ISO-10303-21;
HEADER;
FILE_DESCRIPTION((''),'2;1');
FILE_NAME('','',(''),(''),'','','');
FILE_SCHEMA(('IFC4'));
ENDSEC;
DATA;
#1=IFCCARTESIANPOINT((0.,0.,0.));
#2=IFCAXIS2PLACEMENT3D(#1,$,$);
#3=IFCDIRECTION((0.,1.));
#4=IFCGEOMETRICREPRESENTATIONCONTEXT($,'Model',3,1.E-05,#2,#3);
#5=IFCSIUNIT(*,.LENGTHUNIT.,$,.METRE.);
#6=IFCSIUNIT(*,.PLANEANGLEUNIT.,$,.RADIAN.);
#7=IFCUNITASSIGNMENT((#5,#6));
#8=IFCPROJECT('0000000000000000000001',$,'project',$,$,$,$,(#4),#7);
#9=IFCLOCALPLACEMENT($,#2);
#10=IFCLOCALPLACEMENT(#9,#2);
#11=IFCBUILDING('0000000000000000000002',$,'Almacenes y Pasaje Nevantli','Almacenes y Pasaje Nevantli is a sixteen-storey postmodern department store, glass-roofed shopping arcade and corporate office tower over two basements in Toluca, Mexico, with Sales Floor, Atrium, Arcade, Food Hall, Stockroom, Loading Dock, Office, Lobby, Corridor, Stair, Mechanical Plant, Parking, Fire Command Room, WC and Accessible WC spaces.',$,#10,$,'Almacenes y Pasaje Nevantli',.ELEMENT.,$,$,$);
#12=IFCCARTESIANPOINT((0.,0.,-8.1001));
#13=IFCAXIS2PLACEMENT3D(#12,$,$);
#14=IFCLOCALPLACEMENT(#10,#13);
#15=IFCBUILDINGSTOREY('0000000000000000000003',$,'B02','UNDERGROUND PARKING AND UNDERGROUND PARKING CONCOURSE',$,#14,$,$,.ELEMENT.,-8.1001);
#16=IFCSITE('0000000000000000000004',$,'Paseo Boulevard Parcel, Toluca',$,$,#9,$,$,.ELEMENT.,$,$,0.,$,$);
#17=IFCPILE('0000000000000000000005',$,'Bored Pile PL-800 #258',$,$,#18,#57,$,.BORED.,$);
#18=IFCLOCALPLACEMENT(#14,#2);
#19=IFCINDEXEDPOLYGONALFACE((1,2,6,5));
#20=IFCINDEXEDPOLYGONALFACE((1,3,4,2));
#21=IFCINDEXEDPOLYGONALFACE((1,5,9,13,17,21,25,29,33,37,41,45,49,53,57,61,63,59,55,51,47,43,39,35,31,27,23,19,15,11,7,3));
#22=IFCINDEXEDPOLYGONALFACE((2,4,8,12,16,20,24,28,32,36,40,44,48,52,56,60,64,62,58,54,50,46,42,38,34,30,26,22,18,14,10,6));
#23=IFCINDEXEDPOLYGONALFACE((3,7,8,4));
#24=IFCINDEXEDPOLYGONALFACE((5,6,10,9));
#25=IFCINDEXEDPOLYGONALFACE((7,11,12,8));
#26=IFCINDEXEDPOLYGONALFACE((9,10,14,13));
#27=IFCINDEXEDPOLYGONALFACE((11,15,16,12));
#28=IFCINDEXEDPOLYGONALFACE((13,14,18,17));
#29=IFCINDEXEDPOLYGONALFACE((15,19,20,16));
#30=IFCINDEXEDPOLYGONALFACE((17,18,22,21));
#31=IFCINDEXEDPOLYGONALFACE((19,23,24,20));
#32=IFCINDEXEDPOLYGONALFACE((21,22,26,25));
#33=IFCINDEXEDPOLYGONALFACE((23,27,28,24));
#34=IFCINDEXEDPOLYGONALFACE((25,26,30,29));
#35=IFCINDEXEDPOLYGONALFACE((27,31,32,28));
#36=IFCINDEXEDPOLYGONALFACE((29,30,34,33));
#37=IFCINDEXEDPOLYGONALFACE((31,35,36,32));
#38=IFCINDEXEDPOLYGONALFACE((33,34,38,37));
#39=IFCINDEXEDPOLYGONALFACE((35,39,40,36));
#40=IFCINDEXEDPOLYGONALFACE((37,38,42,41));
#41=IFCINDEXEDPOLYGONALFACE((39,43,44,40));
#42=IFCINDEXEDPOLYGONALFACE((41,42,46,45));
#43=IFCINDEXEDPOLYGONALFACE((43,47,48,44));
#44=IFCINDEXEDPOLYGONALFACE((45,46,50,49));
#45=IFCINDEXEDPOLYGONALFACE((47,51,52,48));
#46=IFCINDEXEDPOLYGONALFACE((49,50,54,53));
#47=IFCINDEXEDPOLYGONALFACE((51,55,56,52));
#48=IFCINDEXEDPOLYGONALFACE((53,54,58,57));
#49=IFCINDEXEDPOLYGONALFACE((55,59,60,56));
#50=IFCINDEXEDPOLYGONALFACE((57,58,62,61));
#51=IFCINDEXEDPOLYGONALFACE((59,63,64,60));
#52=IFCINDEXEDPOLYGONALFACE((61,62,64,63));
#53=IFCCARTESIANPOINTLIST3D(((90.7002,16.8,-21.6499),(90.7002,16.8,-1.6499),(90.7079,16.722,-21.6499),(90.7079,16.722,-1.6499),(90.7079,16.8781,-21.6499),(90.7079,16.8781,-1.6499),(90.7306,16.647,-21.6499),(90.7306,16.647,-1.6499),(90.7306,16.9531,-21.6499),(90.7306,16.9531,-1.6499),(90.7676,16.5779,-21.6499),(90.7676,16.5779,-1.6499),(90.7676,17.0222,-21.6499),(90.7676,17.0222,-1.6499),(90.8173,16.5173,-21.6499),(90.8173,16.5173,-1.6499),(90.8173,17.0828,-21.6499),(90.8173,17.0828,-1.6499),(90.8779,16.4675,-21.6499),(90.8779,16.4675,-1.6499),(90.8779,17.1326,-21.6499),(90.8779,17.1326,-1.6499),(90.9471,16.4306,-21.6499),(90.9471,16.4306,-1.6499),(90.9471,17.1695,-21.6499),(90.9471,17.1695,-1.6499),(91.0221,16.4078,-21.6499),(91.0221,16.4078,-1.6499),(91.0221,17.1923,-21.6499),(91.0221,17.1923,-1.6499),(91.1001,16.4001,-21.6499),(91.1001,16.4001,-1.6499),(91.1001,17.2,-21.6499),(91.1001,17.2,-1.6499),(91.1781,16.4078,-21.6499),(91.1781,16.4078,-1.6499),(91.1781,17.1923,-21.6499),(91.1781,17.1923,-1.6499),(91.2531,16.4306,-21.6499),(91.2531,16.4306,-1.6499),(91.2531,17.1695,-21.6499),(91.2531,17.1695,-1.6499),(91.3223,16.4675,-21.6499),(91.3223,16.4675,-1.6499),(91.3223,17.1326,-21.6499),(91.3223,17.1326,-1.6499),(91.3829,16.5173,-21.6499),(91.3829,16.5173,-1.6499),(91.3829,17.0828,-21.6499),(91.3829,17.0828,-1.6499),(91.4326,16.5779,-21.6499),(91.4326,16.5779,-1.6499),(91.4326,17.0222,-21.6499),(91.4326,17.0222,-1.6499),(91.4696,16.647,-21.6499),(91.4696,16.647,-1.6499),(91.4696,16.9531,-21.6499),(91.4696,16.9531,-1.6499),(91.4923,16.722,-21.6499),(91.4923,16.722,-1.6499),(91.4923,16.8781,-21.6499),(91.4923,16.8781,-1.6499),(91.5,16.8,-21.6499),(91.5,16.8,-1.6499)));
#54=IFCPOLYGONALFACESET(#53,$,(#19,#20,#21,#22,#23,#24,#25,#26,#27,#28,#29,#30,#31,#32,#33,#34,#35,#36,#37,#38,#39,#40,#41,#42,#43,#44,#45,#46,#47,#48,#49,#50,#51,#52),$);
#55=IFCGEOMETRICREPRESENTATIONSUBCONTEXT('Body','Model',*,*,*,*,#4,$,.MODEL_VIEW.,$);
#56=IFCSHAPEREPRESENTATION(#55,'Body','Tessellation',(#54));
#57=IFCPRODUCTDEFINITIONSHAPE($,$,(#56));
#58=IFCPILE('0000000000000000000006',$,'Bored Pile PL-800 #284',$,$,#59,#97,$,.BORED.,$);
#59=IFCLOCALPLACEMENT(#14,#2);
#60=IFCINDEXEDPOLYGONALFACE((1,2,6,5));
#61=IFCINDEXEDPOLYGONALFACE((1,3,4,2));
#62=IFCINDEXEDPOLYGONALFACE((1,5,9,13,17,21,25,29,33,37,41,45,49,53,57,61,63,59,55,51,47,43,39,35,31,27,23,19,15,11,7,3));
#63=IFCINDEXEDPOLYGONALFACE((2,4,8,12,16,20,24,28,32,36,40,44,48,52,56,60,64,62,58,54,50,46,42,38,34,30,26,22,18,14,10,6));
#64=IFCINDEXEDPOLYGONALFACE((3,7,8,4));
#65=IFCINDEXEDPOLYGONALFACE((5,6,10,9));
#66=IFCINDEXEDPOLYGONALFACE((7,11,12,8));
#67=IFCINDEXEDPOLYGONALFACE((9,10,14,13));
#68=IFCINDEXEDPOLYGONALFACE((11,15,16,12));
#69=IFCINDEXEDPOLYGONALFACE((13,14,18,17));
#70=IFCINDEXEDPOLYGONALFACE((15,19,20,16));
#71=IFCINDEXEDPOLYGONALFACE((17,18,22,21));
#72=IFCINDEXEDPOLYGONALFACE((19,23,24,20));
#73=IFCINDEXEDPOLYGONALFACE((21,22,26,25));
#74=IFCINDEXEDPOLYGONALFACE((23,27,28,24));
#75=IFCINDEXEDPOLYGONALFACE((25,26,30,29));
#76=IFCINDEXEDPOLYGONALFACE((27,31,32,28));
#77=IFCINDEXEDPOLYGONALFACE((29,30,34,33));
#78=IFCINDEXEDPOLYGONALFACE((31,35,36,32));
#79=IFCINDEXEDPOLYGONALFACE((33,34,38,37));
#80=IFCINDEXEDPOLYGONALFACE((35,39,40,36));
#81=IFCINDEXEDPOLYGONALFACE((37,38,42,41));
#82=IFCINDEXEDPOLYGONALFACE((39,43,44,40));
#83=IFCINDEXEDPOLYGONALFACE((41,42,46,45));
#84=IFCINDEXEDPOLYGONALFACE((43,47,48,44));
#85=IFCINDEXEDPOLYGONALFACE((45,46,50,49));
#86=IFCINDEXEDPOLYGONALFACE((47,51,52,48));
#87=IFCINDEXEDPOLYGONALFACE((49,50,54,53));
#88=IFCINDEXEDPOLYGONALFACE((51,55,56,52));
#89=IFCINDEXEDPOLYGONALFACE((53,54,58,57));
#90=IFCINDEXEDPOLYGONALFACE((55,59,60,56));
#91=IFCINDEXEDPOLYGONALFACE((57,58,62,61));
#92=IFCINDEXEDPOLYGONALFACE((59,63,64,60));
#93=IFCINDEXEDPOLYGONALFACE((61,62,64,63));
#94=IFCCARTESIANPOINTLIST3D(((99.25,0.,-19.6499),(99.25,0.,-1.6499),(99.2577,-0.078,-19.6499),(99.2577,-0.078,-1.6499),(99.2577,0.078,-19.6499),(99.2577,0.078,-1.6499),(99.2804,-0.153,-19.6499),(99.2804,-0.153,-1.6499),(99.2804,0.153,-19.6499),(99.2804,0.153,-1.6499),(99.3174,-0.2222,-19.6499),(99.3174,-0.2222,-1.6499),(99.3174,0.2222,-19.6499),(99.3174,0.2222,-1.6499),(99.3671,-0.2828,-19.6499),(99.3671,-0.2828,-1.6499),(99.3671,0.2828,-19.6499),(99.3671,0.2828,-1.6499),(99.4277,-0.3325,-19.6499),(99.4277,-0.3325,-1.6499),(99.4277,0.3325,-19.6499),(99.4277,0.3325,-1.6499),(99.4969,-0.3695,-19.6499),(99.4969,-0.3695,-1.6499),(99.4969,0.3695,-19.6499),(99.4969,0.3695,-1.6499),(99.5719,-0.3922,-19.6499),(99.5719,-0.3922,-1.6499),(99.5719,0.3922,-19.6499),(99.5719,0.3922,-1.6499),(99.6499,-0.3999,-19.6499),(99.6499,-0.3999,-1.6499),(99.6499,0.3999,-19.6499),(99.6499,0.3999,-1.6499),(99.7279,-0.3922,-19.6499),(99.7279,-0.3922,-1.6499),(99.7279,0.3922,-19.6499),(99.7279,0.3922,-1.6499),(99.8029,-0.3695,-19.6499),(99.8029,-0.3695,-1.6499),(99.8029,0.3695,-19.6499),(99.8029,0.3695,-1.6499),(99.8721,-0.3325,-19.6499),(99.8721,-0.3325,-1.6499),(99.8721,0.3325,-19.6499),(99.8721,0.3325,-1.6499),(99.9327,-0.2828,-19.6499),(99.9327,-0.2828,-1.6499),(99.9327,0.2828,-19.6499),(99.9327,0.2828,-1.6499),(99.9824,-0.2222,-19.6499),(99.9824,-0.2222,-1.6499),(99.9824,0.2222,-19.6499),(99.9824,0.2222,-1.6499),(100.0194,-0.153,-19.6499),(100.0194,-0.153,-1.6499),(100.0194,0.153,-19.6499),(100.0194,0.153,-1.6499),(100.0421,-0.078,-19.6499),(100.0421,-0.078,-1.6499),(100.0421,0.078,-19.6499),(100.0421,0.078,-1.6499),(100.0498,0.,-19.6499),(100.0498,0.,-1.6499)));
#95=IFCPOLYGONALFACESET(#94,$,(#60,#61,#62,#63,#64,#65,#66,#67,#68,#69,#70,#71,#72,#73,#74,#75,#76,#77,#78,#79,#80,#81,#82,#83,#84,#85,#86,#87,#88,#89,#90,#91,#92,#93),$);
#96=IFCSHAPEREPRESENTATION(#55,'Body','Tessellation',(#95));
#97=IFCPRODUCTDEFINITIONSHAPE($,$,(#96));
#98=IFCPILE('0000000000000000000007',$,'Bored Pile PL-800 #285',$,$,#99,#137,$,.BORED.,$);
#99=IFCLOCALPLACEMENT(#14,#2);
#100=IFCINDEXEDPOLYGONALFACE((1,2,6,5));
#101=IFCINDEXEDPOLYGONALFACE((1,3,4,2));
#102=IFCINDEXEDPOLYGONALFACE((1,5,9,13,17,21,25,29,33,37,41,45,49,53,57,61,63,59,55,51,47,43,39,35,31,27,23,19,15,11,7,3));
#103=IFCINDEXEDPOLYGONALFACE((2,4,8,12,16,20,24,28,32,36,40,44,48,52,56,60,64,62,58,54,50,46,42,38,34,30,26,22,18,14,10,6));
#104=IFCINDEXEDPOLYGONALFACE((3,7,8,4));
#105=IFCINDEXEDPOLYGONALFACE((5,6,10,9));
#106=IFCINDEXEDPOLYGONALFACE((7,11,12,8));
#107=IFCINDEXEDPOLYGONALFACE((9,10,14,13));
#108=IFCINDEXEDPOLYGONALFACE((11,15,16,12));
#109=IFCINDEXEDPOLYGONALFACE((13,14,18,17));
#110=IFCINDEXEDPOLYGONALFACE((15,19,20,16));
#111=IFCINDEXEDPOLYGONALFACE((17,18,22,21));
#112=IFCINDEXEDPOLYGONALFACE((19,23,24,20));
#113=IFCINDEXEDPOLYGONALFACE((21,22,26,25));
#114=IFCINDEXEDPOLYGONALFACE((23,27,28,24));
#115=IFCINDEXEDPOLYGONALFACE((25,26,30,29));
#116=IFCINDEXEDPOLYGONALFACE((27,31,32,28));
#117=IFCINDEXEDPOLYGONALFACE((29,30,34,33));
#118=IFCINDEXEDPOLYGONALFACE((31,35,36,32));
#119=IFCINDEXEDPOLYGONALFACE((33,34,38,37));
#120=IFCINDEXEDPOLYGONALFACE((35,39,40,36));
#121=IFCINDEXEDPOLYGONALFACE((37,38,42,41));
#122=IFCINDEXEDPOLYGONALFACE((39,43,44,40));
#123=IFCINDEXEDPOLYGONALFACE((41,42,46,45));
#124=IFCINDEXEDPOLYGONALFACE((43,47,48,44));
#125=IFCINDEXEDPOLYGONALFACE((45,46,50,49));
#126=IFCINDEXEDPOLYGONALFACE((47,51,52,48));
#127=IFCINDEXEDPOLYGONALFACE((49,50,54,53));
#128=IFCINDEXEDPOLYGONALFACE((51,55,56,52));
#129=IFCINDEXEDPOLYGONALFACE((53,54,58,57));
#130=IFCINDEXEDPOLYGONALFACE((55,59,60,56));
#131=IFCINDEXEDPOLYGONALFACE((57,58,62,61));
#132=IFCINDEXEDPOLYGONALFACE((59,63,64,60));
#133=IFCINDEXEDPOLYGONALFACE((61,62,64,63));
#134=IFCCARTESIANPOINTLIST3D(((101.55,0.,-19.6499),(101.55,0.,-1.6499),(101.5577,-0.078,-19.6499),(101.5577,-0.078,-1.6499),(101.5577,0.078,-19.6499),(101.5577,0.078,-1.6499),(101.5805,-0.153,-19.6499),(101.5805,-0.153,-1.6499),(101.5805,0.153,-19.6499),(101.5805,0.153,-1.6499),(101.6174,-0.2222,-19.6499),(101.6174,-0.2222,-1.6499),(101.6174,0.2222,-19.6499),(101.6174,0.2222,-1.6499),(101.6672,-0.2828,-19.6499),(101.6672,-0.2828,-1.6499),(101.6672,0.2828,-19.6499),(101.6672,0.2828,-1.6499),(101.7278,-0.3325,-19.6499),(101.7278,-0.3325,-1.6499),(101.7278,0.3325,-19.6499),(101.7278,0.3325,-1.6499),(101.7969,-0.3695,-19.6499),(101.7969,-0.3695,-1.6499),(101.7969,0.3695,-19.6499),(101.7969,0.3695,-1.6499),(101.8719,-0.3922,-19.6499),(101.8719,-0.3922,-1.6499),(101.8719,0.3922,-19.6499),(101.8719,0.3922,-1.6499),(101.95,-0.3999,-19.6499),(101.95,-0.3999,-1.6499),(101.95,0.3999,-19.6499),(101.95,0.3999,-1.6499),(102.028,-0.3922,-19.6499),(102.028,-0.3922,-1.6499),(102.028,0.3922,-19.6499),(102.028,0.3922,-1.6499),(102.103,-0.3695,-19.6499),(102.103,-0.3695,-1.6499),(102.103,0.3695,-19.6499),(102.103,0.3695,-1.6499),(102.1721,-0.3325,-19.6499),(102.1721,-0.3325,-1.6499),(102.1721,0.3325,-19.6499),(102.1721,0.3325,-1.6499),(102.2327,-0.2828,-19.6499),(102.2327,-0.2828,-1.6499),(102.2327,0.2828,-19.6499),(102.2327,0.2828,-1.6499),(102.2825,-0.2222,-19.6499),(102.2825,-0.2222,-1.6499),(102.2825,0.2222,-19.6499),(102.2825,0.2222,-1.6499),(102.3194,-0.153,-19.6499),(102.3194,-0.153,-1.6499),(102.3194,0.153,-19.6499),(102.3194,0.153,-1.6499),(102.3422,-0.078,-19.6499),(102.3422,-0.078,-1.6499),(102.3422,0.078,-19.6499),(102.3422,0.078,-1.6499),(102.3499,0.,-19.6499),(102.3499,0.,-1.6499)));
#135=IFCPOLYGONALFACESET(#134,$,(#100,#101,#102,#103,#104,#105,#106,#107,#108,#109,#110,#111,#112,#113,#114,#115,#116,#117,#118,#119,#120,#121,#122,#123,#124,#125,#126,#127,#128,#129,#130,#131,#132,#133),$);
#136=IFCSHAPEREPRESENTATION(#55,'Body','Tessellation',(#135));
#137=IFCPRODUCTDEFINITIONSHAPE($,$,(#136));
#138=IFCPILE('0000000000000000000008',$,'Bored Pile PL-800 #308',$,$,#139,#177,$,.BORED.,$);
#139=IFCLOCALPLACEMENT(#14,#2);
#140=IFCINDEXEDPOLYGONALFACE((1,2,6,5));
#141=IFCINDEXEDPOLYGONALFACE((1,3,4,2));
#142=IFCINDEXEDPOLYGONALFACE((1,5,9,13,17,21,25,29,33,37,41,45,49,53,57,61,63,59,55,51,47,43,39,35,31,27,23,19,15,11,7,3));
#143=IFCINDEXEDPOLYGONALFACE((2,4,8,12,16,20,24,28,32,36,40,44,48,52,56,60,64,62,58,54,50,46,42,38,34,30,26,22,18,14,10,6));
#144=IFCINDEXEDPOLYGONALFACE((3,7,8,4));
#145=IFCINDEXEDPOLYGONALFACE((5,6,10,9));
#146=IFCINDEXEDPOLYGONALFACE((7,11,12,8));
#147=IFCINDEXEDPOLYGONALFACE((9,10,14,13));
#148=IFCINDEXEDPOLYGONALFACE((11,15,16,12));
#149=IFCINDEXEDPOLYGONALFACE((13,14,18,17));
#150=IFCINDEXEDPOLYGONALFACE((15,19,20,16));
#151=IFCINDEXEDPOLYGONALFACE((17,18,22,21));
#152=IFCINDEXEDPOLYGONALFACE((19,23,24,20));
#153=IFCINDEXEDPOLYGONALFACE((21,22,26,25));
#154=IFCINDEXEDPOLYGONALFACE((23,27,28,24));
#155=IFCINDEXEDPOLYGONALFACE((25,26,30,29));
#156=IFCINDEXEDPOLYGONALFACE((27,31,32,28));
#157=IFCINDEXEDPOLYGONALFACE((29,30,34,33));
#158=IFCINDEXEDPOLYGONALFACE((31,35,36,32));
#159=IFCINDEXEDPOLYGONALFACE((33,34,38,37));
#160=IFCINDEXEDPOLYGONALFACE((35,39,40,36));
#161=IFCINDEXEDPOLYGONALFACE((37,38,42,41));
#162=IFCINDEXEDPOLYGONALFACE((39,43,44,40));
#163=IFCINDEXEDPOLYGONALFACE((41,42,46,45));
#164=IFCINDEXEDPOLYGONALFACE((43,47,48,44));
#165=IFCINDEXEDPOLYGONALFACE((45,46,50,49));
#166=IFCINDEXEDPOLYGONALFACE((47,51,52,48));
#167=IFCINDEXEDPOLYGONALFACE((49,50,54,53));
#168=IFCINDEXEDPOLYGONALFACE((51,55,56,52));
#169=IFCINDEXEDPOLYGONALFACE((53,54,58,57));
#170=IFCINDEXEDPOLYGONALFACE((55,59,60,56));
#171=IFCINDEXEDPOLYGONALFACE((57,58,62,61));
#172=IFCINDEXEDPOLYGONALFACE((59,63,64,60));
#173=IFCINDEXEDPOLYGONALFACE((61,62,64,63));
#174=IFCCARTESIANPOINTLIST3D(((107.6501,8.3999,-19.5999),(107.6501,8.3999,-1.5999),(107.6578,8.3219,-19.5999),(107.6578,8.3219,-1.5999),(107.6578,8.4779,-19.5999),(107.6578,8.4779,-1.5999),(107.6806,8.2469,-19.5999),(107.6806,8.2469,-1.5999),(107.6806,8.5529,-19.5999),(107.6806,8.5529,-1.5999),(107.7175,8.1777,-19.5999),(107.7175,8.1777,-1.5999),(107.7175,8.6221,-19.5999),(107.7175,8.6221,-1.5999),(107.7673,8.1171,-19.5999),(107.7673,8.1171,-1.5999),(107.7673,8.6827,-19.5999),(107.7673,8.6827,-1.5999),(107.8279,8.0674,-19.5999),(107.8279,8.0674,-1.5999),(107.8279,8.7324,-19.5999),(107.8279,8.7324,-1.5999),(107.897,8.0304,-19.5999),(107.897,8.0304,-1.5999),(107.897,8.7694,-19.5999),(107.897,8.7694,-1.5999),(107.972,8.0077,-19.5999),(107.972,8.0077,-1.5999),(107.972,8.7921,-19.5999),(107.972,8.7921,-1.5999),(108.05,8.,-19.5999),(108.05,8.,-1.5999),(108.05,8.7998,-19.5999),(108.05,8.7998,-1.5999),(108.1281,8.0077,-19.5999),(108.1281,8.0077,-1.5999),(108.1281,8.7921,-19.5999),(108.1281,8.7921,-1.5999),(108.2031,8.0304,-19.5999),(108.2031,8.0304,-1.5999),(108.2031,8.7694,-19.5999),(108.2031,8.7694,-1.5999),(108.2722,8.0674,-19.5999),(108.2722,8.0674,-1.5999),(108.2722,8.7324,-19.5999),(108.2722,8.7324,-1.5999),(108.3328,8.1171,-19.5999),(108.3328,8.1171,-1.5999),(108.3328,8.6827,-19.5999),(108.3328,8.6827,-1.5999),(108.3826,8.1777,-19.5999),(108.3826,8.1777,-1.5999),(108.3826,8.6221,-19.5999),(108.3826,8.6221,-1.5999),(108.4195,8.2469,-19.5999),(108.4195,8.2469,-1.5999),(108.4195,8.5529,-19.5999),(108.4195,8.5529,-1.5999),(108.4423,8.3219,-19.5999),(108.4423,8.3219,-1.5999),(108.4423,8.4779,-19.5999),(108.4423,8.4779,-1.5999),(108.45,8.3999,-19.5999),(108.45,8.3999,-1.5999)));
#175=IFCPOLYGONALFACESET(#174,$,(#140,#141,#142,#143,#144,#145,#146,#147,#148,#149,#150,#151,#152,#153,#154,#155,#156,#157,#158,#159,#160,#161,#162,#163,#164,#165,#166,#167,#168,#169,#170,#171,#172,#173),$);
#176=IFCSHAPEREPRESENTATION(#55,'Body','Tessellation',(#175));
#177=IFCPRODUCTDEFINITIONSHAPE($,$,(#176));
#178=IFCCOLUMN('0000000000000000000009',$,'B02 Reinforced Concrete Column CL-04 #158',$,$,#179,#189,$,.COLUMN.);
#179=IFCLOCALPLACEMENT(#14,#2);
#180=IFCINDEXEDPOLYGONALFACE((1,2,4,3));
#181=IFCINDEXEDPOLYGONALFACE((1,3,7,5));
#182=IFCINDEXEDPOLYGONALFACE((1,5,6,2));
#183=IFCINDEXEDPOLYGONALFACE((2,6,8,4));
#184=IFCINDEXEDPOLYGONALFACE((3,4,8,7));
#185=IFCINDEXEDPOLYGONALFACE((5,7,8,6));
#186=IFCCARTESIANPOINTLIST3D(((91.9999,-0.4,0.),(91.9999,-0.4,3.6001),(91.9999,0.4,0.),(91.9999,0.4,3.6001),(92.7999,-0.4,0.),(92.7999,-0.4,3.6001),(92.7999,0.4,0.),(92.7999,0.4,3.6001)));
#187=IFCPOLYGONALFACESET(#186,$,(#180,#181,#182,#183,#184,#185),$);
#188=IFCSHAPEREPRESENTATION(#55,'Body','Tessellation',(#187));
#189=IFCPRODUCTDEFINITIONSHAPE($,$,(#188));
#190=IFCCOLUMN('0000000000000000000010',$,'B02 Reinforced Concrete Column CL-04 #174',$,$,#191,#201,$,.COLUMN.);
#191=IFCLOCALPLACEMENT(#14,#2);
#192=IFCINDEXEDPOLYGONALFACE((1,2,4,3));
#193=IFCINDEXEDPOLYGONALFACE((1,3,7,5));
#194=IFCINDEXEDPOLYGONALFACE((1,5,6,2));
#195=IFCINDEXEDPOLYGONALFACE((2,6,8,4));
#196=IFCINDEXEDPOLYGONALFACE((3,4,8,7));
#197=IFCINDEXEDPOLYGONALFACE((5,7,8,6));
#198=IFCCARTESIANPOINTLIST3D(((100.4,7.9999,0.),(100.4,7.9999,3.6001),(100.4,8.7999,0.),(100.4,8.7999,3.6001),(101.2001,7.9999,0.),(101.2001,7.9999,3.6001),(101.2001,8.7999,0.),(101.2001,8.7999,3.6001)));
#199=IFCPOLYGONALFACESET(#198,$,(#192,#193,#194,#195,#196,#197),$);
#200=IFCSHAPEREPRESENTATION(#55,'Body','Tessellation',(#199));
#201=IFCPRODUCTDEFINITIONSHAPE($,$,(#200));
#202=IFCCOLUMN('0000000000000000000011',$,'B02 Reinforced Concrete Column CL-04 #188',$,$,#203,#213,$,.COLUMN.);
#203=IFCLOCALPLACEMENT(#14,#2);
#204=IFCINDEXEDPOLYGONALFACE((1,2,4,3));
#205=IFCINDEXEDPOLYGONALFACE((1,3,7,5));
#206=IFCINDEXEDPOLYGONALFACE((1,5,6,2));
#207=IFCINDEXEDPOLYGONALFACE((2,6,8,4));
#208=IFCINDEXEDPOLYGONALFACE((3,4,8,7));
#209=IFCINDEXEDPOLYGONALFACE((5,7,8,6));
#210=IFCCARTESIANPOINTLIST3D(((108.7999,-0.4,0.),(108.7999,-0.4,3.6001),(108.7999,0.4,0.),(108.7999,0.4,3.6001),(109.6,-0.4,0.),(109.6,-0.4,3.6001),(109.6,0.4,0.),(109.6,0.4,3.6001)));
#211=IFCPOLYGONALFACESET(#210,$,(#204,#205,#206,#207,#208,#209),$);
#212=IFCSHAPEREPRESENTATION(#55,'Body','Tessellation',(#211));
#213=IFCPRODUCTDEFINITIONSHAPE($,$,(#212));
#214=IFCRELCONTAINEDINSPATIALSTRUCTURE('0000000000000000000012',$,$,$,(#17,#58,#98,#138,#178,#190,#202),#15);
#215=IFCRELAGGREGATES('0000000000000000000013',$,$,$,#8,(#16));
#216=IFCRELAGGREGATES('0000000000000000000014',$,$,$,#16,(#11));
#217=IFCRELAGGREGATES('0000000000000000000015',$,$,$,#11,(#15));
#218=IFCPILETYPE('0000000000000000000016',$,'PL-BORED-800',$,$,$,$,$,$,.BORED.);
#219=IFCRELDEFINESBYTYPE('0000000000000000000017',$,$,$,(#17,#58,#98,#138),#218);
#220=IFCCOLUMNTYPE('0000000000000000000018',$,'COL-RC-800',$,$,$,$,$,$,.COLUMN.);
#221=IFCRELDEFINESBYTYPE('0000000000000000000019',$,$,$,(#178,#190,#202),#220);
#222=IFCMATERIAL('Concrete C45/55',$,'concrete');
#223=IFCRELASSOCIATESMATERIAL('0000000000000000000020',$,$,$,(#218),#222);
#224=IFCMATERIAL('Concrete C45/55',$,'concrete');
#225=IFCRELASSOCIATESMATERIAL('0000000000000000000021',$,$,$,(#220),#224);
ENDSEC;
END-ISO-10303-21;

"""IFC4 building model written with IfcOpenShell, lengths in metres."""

from ifc_helpers import new_model, si_unit, direction, frame, origin, origin_2d, place, context, subcontext, project, spatial, rectangle, circle, extrude, material, material_profile, profile_set, type_object, element, save


model = new_model("IFC4")

# Units and contexts
model_context = context("Model", 3, precision=1e-05, world=origin(), true_north=direction((0.0, 1.0)))
body_context = subcontext(model_context, "Body", "Model", "MODEL_VIEW")
ifc_project = project(units=[si_unit("LENGTHUNIT", "METRE"), si_unit("PLANEANGLEUNIT", "RADIAN")], contexts=[model_context])

# Site, building, storey
site_placement = place(None, origin())
site = spatial("IfcSite", under=ifc_project, at=site_placement, Name="Paseo Boulevard Parcel, Toluca", CompositionType="ELEMENT", RefElevation=0.0)
building_placement = place(site_placement, origin())
building = spatial("IfcBuilding", under=site, at=building_placement, Name="Almacenes y Pasaje Nevantli", Description="Almacenes y Pasaje Nevantli is a sixteen-storey postmodern department store, glass-roofed shopping arcade and corporate office tower over two basements in Toluca, Mexico, with Sales Floor, Atrium, Arcade, Food Hall, Stockroom, Loading Dock, Office, Lobby, Corridor, Stair, Mechanical Plant, Parking, Fire Command Room, WC and Accessible WC spaces.", LongName="Almacenes y Pasaje Nevantli", CompositionType="ELEMENT")
storey_placement = place(building_placement, frame((0.0, 0.0, -8.1001)))
storey = spatial("IfcBuildingStorey", under=building, at=storey_placement, Name="B02", Description="UNDERGROUND PARKING AND UNDERGROUND PARKING CONCOURSE", CompositionType="ELEMENT", Elevation=-8.1001)

# Piles
ifc_material_1 = material(Name="Concrete C45/55", Category="concrete")
ifc_material_profile_1 = material_profile(ifc_material_1, circle(Radius=0.3999, at=origin_2d()), Name="RC-PILE-D800")
ifc_profile_set_1 = profile_set([ifc_material_profile_1], Name="Concrete C45/55")
pile_type_1 = type_object("IfcPileType", Name="PL-BORED-800", PredefinedType="BORED", material=ifc_profile_set_1)
for number, where, z_axis, x_axis, name in (
    (1, (91.1001, 16.8, -1.6499), (0.0, 0.0, -1.0), (1.0, 0.0, 0.0), "Bored Pile PL-800 #258"),
):
    element("IfcPile", number, at=place(storey_placement, frame(where, z_axis=z_axis, x_axis=x_axis)), inside=storey, type_object=pile_type_1, Name=name, PredefinedType="BORED", context=body_context, shape_type="SweptSolid", body=[
        extrude(circle(Radius=0.3999, at=origin_2d()), origin(), (0.0, 0.0, 1.0), 20.0),
    ])
for number, where, z_axis, x_axis, name in (
    (2, (99.6499, 0.0, -1.6499), (0.0, 0.0, -1.0), (1.0, 0.0, 0.0), "Bored Pile PL-800 #284"),
    (3, (101.95, 0.0, -1.6499), (0.0, 0.0, -1.0), (1.0, 0.0, 0.0), "Bored Pile PL-800 #285"),
    (4, (108.05, 8.3999, -1.5999), (0.0, 0.0, -1.0), (1.0, 0.0, 0.0), "Bored Pile PL-800 #308"),
):
    element("IfcPile", number, at=place(storey_placement, frame(where, z_axis=z_axis, x_axis=x_axis)), inside=storey, type_object=pile_type_1, Name=name, PredefinedType="BORED", context=body_context, shape_type="SweptSolid", body=[
        extrude(circle(Radius=0.3999, at=origin_2d()), origin(), (0.0, 0.0, 1.0), 18.0),
    ])

# Columns
ifc_material_2 = material(Name="Concrete C45/55", Category="concrete")
ifc_material_profile_2 = material_profile(ifc_material_2, rectangle(XDim=0.8, YDim=0.8, at=origin_2d()), Name="RC-COL-800x800")
ifc_profile_set_2 = profile_set([ifc_material_profile_2], Name="Concrete C45/55")
column_type_1 = type_object("IfcColumnType", Name="COL-RC-800", PredefinedType="COLUMN", material=ifc_profile_set_2)
for number, where, z_axis, x_axis, name in (
    (5, (92.3999, 0.0, 0.0), (0.0, 0.0, 1.0), (1.0, 0.0, 0.0), "B02 Reinforced Concrete Column CL-04 #158"),
    (6, (100.8, 8.3999, 0.0), (0.0, 0.0, 1.0), (1.0, 0.0, 0.0), "B02 Reinforced Concrete Column CL-04 #174"),
    (7, (109.2, 0.0, 0.0), (0.0, 0.0, 1.0), (1.0, 0.0, 0.0), "B02 Reinforced Concrete Column CL-04 #188"),
):
    element("IfcColumn", number, at=place(storey_placement, frame(where, z_axis=z_axis, x_axis=x_axis)), inside=storey, type_object=column_type_1, Name=name, PredefinedType="COLUMN", context=body_context, shape_type="SweptSolid", body=[
        extrude(rectangle(XDim=0.8, YDim=0.8, at=origin_2d()), origin(), (0.0, 0.0, 1.0), 3.6001),
    ])

save(model, "model.ifc")
